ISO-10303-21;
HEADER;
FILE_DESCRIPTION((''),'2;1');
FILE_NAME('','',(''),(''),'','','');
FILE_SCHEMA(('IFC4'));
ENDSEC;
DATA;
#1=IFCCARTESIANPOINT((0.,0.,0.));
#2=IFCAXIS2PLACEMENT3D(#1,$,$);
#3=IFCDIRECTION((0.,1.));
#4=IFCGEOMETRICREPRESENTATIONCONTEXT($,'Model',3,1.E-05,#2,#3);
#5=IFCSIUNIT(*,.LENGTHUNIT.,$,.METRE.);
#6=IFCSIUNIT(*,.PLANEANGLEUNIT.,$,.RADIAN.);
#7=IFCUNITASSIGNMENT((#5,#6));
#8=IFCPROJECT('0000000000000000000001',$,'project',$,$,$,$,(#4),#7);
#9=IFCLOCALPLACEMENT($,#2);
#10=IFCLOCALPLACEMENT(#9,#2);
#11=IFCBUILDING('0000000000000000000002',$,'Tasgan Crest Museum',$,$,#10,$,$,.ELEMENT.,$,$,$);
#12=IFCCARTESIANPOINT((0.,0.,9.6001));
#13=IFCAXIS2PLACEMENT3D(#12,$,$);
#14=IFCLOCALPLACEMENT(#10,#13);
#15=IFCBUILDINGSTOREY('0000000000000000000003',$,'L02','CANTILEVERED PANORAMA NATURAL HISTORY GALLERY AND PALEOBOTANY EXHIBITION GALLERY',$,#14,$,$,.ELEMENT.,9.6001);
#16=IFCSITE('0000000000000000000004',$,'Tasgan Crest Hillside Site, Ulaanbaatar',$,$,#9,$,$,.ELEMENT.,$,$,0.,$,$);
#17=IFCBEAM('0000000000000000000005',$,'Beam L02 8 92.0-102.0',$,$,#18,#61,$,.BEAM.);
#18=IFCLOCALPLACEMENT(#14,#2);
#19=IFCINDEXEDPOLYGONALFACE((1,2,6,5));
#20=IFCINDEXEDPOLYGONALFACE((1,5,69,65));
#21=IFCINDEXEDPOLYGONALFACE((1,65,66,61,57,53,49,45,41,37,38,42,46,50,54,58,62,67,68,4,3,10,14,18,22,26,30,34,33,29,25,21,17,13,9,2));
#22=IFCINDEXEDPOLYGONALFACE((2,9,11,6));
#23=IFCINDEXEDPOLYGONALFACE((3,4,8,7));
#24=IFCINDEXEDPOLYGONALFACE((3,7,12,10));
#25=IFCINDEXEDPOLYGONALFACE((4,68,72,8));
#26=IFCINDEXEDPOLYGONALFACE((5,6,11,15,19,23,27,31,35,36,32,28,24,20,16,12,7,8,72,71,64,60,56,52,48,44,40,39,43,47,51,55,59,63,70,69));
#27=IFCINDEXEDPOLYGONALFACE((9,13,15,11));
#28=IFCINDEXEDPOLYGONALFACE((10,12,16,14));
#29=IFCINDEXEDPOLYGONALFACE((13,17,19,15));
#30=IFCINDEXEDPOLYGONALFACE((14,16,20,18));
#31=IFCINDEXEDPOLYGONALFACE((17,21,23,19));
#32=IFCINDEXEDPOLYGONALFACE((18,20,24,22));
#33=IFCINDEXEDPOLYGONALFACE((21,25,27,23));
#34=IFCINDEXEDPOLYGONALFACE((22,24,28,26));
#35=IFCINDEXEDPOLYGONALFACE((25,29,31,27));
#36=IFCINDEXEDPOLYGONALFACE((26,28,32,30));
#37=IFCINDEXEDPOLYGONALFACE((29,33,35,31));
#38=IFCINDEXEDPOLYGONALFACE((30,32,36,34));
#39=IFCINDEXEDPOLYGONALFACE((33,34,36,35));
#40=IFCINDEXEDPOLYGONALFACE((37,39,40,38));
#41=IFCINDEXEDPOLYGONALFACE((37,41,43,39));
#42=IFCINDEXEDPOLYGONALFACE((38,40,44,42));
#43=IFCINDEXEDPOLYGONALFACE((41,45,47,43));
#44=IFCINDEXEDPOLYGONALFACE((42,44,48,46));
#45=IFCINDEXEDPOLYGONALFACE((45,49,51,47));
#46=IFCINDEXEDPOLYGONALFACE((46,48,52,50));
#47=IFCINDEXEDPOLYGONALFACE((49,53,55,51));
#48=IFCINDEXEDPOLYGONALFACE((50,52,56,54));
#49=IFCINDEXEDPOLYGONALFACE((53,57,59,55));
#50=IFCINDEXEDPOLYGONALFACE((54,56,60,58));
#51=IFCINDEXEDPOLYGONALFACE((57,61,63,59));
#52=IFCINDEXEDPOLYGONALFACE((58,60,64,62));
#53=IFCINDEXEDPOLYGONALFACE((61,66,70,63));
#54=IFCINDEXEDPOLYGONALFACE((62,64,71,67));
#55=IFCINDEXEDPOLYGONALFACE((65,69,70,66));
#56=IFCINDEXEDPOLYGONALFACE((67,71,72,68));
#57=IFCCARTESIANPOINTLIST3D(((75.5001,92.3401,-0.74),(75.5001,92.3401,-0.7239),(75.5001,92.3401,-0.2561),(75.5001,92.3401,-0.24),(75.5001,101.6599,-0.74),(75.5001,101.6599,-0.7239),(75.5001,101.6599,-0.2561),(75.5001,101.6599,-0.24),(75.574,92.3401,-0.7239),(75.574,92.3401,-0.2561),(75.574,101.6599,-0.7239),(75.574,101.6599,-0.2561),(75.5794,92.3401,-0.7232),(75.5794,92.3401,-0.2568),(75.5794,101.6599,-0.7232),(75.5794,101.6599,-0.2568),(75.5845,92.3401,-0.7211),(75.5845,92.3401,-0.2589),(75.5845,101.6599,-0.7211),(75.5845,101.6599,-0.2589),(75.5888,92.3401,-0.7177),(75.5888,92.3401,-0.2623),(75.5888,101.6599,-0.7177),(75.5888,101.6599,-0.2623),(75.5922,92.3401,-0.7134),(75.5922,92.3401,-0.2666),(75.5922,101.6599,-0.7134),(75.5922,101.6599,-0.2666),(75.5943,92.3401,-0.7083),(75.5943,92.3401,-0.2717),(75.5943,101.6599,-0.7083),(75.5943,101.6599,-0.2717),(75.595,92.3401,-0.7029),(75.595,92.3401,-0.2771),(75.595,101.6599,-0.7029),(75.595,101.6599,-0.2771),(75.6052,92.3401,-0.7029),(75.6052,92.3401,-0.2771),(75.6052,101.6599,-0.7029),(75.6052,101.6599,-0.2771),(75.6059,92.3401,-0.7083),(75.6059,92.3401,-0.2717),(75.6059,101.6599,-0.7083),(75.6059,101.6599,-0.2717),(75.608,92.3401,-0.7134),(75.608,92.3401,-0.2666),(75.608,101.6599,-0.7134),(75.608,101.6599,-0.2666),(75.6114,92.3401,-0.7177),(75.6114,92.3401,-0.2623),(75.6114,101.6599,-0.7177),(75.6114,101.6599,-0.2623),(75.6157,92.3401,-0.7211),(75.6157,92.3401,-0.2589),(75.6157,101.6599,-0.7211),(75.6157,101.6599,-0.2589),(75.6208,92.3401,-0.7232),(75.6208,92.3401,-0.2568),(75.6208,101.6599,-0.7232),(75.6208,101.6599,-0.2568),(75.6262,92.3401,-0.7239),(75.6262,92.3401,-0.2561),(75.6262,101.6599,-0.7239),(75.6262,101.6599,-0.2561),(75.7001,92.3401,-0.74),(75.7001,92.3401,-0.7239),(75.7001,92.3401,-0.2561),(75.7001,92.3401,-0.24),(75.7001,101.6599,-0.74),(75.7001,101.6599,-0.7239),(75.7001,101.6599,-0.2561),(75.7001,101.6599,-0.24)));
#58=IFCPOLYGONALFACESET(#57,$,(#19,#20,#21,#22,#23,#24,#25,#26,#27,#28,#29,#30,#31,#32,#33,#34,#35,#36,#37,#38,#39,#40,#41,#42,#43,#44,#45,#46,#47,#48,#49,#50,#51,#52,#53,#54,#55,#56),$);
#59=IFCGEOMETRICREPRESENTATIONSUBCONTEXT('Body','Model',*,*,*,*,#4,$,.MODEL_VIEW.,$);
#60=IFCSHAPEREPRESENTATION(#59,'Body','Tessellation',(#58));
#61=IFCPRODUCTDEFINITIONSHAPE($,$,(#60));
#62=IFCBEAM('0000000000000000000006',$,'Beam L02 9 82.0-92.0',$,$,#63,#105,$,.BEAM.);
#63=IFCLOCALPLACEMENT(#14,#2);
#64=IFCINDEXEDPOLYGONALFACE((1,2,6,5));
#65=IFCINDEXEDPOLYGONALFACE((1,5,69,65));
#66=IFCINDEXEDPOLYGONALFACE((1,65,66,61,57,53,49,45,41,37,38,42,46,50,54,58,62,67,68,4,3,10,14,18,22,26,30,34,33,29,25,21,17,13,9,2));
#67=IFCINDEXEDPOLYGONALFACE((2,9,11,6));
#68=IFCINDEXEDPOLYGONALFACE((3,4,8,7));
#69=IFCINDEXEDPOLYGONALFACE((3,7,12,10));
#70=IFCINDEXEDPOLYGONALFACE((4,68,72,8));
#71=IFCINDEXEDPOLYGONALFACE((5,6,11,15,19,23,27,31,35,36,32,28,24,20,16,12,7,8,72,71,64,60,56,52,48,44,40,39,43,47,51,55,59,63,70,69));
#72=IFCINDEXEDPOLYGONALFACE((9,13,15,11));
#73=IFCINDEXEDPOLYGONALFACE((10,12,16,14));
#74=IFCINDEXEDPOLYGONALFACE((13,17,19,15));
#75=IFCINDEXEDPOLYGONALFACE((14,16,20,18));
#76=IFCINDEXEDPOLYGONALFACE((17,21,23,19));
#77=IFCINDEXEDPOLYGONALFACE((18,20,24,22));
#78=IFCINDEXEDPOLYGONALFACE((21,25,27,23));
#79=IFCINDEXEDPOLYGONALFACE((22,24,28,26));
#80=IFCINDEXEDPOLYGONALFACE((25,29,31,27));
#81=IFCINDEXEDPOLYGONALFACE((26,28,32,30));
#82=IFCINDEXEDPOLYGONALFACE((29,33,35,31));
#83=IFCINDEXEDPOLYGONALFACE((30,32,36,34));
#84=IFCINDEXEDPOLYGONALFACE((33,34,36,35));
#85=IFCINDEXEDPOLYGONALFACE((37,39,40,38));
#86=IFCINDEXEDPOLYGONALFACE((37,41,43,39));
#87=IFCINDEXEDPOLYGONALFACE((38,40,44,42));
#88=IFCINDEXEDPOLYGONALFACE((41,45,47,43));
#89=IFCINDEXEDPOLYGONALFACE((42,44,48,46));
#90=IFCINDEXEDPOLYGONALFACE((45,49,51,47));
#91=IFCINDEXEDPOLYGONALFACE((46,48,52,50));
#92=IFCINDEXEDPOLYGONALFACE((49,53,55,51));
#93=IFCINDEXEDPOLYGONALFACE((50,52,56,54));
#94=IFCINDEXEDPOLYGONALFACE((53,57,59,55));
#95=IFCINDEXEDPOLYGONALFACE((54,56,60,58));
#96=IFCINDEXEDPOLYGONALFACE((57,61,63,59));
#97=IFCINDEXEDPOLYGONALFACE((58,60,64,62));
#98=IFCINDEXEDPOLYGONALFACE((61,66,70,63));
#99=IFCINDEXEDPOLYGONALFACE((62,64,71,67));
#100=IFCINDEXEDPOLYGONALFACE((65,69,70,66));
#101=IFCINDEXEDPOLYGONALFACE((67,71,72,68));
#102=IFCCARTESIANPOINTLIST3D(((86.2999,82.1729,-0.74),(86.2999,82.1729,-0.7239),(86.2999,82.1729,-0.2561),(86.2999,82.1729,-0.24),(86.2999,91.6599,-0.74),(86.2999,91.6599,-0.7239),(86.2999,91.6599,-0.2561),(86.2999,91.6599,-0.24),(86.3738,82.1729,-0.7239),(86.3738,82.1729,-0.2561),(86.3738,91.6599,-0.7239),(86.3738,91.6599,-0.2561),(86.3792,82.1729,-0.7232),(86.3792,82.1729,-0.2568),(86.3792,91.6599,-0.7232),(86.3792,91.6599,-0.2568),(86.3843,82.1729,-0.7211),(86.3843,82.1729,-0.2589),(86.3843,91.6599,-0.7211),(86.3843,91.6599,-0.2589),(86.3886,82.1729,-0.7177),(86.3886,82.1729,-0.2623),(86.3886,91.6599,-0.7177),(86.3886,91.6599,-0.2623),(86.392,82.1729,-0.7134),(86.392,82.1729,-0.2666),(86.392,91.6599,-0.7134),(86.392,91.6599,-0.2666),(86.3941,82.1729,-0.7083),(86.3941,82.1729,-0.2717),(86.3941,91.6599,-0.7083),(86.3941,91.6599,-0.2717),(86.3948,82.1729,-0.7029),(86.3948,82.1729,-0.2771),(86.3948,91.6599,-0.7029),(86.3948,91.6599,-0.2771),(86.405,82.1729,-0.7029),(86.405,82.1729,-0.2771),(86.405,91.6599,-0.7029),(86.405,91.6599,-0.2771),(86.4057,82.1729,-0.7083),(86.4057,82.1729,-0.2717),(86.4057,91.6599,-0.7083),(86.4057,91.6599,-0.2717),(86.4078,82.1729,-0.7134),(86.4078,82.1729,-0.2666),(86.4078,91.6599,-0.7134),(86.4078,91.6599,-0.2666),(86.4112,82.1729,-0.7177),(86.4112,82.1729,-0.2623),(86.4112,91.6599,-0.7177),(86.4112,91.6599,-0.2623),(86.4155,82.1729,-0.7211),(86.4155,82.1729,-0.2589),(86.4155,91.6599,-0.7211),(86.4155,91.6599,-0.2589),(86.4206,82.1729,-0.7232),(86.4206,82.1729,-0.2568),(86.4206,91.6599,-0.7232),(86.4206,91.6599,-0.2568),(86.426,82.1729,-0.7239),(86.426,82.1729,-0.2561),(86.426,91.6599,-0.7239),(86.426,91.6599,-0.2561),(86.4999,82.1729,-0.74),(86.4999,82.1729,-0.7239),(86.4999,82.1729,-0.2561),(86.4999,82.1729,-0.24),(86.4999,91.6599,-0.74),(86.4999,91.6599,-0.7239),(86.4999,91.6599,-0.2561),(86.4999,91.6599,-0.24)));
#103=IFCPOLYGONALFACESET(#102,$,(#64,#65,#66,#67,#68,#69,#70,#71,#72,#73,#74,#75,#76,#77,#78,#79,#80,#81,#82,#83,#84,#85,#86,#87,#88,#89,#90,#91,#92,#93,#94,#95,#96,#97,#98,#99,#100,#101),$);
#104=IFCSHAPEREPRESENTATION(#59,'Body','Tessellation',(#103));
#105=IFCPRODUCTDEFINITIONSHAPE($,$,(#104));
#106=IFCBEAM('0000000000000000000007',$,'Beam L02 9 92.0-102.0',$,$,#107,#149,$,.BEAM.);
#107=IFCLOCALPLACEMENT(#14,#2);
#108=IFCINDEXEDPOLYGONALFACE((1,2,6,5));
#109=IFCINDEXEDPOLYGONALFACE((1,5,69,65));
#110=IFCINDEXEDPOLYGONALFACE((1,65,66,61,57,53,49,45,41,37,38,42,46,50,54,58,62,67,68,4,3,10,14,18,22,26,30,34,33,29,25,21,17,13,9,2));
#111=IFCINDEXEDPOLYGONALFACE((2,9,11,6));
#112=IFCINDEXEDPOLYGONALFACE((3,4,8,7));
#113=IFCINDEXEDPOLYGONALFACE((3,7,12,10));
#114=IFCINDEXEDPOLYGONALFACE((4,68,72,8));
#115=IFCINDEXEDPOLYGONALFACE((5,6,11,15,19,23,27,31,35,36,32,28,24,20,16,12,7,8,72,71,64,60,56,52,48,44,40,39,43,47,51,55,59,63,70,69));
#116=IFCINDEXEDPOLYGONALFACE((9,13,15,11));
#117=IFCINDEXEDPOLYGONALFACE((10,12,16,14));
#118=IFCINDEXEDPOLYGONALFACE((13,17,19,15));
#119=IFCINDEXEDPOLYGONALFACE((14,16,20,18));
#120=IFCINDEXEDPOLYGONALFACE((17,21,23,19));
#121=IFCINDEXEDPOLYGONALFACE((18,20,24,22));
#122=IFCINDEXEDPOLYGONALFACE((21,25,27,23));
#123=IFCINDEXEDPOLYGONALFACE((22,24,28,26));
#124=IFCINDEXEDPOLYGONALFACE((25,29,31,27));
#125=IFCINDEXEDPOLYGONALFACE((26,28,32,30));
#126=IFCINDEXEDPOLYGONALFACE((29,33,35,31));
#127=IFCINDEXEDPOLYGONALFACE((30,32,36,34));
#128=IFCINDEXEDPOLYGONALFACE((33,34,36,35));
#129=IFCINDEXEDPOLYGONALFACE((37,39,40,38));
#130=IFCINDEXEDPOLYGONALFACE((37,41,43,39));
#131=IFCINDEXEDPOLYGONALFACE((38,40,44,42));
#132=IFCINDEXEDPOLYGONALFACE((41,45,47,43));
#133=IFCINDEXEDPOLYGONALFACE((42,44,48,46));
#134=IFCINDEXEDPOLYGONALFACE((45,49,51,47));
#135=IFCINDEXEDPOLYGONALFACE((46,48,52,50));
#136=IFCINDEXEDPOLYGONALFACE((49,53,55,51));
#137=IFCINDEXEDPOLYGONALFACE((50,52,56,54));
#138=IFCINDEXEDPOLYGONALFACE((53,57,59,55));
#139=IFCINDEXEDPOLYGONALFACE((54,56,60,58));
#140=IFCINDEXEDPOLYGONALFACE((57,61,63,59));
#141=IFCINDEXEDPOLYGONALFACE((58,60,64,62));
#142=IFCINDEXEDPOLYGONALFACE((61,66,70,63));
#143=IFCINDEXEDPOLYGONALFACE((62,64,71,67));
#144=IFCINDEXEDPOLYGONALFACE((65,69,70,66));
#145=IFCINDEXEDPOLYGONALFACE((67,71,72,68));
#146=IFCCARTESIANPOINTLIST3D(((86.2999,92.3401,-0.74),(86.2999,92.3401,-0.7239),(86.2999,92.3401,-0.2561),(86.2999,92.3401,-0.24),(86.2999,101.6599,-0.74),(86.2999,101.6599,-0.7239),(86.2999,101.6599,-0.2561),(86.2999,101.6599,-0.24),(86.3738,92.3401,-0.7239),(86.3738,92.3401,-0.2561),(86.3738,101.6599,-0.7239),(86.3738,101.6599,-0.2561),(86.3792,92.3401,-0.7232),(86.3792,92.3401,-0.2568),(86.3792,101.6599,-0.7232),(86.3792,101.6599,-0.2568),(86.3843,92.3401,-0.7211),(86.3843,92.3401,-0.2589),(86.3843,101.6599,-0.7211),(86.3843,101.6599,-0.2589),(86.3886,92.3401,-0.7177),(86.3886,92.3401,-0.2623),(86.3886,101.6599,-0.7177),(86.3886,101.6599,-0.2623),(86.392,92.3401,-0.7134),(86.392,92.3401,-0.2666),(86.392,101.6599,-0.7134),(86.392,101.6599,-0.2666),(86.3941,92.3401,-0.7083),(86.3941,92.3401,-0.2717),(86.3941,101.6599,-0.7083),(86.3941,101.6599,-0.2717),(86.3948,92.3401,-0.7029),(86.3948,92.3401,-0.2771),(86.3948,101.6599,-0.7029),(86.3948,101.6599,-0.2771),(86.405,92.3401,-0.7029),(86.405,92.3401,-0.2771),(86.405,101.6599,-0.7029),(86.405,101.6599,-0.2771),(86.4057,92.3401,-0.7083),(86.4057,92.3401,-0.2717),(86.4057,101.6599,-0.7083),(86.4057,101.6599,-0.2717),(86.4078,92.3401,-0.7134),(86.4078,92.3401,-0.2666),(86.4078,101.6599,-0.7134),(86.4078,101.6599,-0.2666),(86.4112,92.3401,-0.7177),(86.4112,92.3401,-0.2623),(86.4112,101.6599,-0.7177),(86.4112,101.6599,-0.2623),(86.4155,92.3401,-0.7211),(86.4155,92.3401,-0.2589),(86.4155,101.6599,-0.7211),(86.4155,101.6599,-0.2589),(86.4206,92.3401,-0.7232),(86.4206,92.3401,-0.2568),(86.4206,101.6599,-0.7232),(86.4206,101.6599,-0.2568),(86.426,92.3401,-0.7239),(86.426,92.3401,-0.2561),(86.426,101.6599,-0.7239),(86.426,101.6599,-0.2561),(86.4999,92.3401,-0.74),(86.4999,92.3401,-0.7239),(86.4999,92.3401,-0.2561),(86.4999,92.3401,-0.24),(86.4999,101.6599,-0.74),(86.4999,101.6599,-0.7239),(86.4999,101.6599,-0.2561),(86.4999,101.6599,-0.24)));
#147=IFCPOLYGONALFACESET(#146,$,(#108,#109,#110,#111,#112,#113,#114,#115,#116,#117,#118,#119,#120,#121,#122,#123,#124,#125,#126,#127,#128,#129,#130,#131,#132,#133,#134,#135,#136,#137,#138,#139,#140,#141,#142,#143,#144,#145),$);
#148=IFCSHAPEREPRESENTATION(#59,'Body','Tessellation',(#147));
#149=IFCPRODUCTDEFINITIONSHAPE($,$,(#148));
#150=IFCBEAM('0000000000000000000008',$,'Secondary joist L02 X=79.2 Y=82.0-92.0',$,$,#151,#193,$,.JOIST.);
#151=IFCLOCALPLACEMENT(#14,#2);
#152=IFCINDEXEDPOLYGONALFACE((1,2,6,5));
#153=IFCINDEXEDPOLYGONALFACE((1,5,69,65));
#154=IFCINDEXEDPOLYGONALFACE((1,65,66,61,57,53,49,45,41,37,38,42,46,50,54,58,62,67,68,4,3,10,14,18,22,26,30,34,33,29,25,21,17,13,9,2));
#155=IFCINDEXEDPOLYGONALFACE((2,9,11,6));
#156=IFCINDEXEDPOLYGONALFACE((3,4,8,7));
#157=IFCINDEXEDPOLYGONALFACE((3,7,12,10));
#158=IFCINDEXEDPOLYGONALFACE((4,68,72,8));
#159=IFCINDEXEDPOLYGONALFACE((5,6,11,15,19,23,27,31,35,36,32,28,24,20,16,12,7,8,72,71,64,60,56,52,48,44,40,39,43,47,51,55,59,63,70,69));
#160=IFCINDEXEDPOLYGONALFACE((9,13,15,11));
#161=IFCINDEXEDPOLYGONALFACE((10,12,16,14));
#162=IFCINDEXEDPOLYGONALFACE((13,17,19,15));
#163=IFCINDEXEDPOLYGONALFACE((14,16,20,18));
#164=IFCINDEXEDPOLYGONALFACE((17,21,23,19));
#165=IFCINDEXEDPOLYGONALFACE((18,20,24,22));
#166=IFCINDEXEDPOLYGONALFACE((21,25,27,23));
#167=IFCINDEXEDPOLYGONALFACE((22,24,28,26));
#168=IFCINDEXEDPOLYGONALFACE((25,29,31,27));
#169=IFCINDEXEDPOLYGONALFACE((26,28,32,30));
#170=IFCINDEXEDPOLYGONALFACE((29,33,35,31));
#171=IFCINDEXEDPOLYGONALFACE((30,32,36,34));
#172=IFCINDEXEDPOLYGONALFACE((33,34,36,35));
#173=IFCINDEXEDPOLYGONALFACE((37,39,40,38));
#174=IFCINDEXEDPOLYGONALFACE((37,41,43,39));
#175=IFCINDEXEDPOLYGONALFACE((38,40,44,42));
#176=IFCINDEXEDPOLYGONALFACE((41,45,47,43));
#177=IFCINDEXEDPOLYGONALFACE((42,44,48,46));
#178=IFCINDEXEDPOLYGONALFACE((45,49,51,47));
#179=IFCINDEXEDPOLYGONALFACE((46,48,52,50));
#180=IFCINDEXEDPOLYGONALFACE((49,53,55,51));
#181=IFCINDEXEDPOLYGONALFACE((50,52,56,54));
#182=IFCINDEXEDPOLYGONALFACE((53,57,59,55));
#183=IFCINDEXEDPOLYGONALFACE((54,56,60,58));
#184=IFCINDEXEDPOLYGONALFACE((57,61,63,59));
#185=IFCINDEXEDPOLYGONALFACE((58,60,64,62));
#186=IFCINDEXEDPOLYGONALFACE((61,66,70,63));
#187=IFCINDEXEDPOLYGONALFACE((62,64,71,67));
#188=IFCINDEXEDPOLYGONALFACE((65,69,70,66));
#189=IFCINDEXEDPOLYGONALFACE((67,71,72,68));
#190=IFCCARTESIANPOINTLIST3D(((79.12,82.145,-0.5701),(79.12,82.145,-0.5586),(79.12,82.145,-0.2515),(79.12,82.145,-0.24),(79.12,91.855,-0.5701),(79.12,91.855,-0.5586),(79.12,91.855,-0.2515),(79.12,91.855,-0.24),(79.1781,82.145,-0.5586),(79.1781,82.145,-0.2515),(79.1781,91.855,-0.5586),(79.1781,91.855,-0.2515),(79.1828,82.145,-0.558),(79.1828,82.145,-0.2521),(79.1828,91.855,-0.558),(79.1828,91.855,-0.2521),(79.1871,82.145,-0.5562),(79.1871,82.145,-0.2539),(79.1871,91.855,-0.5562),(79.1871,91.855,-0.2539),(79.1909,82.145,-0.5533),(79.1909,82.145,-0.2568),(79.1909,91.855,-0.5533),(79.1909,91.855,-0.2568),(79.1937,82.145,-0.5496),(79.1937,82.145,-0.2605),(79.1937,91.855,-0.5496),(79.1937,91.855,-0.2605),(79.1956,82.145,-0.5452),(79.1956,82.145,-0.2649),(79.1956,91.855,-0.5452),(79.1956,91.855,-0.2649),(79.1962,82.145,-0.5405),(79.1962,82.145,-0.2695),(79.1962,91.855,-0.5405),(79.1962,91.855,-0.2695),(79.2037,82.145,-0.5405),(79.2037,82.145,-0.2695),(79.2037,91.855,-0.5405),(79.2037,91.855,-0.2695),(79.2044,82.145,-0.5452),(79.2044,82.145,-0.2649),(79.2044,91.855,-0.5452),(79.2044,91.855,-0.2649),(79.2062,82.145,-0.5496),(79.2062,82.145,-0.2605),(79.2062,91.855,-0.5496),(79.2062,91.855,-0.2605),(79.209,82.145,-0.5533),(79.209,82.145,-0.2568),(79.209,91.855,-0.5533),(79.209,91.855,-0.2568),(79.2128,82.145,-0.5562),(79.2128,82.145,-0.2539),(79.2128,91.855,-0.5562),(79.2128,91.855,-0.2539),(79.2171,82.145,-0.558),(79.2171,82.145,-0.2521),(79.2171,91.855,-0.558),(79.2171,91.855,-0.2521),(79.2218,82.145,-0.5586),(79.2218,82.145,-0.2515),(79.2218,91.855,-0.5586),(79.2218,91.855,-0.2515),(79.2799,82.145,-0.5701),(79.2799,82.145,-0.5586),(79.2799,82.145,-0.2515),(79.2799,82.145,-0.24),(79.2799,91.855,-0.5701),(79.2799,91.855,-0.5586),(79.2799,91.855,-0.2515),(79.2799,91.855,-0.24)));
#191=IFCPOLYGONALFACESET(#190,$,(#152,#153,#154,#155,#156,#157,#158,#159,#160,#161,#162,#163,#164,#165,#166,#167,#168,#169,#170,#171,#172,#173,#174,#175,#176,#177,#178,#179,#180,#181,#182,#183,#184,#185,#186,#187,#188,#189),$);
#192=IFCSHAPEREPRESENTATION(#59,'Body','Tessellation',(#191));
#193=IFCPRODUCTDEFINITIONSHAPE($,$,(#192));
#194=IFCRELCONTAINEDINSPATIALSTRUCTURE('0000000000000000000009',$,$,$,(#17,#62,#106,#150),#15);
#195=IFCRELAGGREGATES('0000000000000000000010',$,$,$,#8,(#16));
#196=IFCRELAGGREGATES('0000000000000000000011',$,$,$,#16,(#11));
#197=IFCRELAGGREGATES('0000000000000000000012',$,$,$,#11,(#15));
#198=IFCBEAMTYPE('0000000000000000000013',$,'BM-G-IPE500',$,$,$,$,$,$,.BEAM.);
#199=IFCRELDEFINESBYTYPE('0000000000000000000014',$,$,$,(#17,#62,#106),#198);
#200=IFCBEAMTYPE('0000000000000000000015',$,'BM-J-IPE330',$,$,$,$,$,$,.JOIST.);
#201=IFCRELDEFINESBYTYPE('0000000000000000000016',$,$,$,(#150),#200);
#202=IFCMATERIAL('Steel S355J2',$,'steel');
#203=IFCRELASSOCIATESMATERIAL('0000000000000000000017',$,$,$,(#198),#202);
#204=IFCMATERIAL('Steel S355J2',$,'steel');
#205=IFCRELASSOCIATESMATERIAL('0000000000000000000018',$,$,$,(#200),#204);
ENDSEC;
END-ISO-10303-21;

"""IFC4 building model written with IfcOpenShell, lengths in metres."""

from ifc_helpers import new_model, si_unit, direction, frame, origin, origin_2d, place, context, subcontext, project, spatial, i_section, extrude, material, material_profile, profile_set, type_object, element, save


model = new_model("IFC4")

# Units and contexts
model_context = context("Model", 3, precision=1e-05, world=origin(), true_north=direction((0.0, 1.0)))
body_context = subcontext(model_context, "Body", "Model", "MODEL_VIEW")
ifc_project = project(units=[si_unit("LENGTHUNIT", "METRE"), si_unit("PLANEANGLEUNIT", "RADIAN")], contexts=[model_context])

# Site, building, storey
site_placement = place(None, origin())
site = spatial("IfcSite", under=ifc_project, at=site_placement, Name="Tasgan Crest Hillside Site, Ulaanbaatar", CompositionType="ELEMENT", RefElevation=0.0)
building_placement = place(site_placement, origin())
building = spatial("IfcBuilding", under=site, at=building_placement, Name="Tasgan Crest Museum", CompositionType="ELEMENT")
storey_placement = place(building_placement, frame((0.0, 0.0, 9.6001)))
storey = spatial("IfcBuildingStorey", under=building, at=storey_placement, Name="L02", Description="CANTILEVERED PANORAMA NATURAL HISTORY GALLERY AND PALEOBOTANY EXHIBITION GALLERY", CompositionType="ELEMENT", Elevation=9.6001)

# Beams
ifc_material_1 = material(Name="Steel S355J2", Category="steel")
ifc_material_profile_1 = material_profile(ifc_material_1, i_section(OverallWidth=0.2, OverallDepth=0.5, WebThickness=0.0103, FlangeThickness=0.0161, FilletRadius=0.021, at=origin_2d()), Name="IPE 500")
ifc_profile_set_1 = profile_set([ifc_material_profile_1], Name="Steel S355J2")
beam_type_1 = type_object("IfcBeamType", Name="BM-G-IPE500", PredefinedType="BEAM", material=ifc_profile_set_1)
beam_1_placement = place(storey_placement, frame((75.6001, 92.3401, -0.49), z_axis=(0.0, 1.0, 0.0), x_axis=(-1.0, 0.0, 0.0)))
element("IfcBeam", 1, at=beam_1_placement, inside=storey, type_object=beam_type_1, Name="Beam L02 8 92.0-102.0", PredefinedType="BEAM", context=body_context, shape_type="SweptSolid", body=[
    extrude(i_section(OverallWidth=0.2, OverallDepth=0.5, WebThickness=0.0103, FlangeThickness=0.0161, FilletRadius=0.021, at=origin_2d()), origin(), (0.0, 0.0, 1.0), 9.3198),
])
beam_2_placement = place(storey_placement, frame((86.3999, 82.1729, -0.49), z_axis=(0.0, 1.0, 0.0), x_axis=(-1.0, 0.0, 0.0)))
element("IfcBeam", 2, at=beam_2_placement, inside=storey, type_object=beam_type_1, Name="Beam L02 9 82.0-92.0", PredefinedType="BEAM", context=body_context, shape_type="SweptSolid", body=[
    extrude(i_section(OverallWidth=0.2, OverallDepth=0.5, WebThickness=0.0103, FlangeThickness=0.0161, FilletRadius=0.021, at=origin_2d()), origin(), (0.0, 0.0, 1.0), 9.4871),
])
beam_3_placement = place(storey_placement, frame((86.3999, 92.3401, -0.49), z_axis=(0.0, 1.0, 0.0), x_axis=(-1.0, 0.0, 0.0)))
element("IfcBeam", 3, at=beam_3_placement, inside=storey, type_object=beam_type_1, Name="Beam L02 9 92.0-102.0", PredefinedType="BEAM", context=body_context, shape_type="SweptSolid", body=[
    extrude(i_section(OverallWidth=0.2, OverallDepth=0.5, WebThickness=0.0103, FlangeThickness=0.0161, FilletRadius=0.021, at=origin_2d()), origin(), (0.0, 0.0, 1.0), 9.3198),
])
ifc_material_2 = material(Name="Steel S355J2", Category="steel")
ifc_material_profile_2 = material_profile(ifc_material_2, i_section(OverallWidth=0.1599, OverallDepth=0.3301, WebThickness=0.0076, FlangeThickness=0.0115, FilletRadius=0.0181, at=origin_2d()), Name="IPE 330")
ifc_profile_set_2 = profile_set([ifc_material_profile_2], Name="Steel S355J2")
beam_type_2 = type_object("IfcBeamType", Name="BM-J-IPE330", PredefinedType="JOIST", material=ifc_profile_set_2)
for number, where, z_axis, x_axis, name in (
    (4, (79.2, 82.145, -0.405), (0.0, 1.0, 0.0), (-1.0, 0.0, 0.0), "Secondary joist L02 X=79.2 Y=82.0-92.0"),
):
    element("IfcBeam", number, at=place(storey_placement, frame(where, z_axis=z_axis, x_axis=x_axis)), inside=storey, type_object=beam_type_2, Name=name, PredefinedType="JOIST", context=body_context, shape_type="SweptSolid", body=[
        extrude(i_section(OverallWidth=0.1599, OverallDepth=0.3301, WebThickness=0.0076, FlangeThickness=0.0115, FilletRadius=0.0181, at=origin_2d()), origin(), (0.0, 0.0, 1.0), 9.71),
    ])

save(model, "model.ifc")
